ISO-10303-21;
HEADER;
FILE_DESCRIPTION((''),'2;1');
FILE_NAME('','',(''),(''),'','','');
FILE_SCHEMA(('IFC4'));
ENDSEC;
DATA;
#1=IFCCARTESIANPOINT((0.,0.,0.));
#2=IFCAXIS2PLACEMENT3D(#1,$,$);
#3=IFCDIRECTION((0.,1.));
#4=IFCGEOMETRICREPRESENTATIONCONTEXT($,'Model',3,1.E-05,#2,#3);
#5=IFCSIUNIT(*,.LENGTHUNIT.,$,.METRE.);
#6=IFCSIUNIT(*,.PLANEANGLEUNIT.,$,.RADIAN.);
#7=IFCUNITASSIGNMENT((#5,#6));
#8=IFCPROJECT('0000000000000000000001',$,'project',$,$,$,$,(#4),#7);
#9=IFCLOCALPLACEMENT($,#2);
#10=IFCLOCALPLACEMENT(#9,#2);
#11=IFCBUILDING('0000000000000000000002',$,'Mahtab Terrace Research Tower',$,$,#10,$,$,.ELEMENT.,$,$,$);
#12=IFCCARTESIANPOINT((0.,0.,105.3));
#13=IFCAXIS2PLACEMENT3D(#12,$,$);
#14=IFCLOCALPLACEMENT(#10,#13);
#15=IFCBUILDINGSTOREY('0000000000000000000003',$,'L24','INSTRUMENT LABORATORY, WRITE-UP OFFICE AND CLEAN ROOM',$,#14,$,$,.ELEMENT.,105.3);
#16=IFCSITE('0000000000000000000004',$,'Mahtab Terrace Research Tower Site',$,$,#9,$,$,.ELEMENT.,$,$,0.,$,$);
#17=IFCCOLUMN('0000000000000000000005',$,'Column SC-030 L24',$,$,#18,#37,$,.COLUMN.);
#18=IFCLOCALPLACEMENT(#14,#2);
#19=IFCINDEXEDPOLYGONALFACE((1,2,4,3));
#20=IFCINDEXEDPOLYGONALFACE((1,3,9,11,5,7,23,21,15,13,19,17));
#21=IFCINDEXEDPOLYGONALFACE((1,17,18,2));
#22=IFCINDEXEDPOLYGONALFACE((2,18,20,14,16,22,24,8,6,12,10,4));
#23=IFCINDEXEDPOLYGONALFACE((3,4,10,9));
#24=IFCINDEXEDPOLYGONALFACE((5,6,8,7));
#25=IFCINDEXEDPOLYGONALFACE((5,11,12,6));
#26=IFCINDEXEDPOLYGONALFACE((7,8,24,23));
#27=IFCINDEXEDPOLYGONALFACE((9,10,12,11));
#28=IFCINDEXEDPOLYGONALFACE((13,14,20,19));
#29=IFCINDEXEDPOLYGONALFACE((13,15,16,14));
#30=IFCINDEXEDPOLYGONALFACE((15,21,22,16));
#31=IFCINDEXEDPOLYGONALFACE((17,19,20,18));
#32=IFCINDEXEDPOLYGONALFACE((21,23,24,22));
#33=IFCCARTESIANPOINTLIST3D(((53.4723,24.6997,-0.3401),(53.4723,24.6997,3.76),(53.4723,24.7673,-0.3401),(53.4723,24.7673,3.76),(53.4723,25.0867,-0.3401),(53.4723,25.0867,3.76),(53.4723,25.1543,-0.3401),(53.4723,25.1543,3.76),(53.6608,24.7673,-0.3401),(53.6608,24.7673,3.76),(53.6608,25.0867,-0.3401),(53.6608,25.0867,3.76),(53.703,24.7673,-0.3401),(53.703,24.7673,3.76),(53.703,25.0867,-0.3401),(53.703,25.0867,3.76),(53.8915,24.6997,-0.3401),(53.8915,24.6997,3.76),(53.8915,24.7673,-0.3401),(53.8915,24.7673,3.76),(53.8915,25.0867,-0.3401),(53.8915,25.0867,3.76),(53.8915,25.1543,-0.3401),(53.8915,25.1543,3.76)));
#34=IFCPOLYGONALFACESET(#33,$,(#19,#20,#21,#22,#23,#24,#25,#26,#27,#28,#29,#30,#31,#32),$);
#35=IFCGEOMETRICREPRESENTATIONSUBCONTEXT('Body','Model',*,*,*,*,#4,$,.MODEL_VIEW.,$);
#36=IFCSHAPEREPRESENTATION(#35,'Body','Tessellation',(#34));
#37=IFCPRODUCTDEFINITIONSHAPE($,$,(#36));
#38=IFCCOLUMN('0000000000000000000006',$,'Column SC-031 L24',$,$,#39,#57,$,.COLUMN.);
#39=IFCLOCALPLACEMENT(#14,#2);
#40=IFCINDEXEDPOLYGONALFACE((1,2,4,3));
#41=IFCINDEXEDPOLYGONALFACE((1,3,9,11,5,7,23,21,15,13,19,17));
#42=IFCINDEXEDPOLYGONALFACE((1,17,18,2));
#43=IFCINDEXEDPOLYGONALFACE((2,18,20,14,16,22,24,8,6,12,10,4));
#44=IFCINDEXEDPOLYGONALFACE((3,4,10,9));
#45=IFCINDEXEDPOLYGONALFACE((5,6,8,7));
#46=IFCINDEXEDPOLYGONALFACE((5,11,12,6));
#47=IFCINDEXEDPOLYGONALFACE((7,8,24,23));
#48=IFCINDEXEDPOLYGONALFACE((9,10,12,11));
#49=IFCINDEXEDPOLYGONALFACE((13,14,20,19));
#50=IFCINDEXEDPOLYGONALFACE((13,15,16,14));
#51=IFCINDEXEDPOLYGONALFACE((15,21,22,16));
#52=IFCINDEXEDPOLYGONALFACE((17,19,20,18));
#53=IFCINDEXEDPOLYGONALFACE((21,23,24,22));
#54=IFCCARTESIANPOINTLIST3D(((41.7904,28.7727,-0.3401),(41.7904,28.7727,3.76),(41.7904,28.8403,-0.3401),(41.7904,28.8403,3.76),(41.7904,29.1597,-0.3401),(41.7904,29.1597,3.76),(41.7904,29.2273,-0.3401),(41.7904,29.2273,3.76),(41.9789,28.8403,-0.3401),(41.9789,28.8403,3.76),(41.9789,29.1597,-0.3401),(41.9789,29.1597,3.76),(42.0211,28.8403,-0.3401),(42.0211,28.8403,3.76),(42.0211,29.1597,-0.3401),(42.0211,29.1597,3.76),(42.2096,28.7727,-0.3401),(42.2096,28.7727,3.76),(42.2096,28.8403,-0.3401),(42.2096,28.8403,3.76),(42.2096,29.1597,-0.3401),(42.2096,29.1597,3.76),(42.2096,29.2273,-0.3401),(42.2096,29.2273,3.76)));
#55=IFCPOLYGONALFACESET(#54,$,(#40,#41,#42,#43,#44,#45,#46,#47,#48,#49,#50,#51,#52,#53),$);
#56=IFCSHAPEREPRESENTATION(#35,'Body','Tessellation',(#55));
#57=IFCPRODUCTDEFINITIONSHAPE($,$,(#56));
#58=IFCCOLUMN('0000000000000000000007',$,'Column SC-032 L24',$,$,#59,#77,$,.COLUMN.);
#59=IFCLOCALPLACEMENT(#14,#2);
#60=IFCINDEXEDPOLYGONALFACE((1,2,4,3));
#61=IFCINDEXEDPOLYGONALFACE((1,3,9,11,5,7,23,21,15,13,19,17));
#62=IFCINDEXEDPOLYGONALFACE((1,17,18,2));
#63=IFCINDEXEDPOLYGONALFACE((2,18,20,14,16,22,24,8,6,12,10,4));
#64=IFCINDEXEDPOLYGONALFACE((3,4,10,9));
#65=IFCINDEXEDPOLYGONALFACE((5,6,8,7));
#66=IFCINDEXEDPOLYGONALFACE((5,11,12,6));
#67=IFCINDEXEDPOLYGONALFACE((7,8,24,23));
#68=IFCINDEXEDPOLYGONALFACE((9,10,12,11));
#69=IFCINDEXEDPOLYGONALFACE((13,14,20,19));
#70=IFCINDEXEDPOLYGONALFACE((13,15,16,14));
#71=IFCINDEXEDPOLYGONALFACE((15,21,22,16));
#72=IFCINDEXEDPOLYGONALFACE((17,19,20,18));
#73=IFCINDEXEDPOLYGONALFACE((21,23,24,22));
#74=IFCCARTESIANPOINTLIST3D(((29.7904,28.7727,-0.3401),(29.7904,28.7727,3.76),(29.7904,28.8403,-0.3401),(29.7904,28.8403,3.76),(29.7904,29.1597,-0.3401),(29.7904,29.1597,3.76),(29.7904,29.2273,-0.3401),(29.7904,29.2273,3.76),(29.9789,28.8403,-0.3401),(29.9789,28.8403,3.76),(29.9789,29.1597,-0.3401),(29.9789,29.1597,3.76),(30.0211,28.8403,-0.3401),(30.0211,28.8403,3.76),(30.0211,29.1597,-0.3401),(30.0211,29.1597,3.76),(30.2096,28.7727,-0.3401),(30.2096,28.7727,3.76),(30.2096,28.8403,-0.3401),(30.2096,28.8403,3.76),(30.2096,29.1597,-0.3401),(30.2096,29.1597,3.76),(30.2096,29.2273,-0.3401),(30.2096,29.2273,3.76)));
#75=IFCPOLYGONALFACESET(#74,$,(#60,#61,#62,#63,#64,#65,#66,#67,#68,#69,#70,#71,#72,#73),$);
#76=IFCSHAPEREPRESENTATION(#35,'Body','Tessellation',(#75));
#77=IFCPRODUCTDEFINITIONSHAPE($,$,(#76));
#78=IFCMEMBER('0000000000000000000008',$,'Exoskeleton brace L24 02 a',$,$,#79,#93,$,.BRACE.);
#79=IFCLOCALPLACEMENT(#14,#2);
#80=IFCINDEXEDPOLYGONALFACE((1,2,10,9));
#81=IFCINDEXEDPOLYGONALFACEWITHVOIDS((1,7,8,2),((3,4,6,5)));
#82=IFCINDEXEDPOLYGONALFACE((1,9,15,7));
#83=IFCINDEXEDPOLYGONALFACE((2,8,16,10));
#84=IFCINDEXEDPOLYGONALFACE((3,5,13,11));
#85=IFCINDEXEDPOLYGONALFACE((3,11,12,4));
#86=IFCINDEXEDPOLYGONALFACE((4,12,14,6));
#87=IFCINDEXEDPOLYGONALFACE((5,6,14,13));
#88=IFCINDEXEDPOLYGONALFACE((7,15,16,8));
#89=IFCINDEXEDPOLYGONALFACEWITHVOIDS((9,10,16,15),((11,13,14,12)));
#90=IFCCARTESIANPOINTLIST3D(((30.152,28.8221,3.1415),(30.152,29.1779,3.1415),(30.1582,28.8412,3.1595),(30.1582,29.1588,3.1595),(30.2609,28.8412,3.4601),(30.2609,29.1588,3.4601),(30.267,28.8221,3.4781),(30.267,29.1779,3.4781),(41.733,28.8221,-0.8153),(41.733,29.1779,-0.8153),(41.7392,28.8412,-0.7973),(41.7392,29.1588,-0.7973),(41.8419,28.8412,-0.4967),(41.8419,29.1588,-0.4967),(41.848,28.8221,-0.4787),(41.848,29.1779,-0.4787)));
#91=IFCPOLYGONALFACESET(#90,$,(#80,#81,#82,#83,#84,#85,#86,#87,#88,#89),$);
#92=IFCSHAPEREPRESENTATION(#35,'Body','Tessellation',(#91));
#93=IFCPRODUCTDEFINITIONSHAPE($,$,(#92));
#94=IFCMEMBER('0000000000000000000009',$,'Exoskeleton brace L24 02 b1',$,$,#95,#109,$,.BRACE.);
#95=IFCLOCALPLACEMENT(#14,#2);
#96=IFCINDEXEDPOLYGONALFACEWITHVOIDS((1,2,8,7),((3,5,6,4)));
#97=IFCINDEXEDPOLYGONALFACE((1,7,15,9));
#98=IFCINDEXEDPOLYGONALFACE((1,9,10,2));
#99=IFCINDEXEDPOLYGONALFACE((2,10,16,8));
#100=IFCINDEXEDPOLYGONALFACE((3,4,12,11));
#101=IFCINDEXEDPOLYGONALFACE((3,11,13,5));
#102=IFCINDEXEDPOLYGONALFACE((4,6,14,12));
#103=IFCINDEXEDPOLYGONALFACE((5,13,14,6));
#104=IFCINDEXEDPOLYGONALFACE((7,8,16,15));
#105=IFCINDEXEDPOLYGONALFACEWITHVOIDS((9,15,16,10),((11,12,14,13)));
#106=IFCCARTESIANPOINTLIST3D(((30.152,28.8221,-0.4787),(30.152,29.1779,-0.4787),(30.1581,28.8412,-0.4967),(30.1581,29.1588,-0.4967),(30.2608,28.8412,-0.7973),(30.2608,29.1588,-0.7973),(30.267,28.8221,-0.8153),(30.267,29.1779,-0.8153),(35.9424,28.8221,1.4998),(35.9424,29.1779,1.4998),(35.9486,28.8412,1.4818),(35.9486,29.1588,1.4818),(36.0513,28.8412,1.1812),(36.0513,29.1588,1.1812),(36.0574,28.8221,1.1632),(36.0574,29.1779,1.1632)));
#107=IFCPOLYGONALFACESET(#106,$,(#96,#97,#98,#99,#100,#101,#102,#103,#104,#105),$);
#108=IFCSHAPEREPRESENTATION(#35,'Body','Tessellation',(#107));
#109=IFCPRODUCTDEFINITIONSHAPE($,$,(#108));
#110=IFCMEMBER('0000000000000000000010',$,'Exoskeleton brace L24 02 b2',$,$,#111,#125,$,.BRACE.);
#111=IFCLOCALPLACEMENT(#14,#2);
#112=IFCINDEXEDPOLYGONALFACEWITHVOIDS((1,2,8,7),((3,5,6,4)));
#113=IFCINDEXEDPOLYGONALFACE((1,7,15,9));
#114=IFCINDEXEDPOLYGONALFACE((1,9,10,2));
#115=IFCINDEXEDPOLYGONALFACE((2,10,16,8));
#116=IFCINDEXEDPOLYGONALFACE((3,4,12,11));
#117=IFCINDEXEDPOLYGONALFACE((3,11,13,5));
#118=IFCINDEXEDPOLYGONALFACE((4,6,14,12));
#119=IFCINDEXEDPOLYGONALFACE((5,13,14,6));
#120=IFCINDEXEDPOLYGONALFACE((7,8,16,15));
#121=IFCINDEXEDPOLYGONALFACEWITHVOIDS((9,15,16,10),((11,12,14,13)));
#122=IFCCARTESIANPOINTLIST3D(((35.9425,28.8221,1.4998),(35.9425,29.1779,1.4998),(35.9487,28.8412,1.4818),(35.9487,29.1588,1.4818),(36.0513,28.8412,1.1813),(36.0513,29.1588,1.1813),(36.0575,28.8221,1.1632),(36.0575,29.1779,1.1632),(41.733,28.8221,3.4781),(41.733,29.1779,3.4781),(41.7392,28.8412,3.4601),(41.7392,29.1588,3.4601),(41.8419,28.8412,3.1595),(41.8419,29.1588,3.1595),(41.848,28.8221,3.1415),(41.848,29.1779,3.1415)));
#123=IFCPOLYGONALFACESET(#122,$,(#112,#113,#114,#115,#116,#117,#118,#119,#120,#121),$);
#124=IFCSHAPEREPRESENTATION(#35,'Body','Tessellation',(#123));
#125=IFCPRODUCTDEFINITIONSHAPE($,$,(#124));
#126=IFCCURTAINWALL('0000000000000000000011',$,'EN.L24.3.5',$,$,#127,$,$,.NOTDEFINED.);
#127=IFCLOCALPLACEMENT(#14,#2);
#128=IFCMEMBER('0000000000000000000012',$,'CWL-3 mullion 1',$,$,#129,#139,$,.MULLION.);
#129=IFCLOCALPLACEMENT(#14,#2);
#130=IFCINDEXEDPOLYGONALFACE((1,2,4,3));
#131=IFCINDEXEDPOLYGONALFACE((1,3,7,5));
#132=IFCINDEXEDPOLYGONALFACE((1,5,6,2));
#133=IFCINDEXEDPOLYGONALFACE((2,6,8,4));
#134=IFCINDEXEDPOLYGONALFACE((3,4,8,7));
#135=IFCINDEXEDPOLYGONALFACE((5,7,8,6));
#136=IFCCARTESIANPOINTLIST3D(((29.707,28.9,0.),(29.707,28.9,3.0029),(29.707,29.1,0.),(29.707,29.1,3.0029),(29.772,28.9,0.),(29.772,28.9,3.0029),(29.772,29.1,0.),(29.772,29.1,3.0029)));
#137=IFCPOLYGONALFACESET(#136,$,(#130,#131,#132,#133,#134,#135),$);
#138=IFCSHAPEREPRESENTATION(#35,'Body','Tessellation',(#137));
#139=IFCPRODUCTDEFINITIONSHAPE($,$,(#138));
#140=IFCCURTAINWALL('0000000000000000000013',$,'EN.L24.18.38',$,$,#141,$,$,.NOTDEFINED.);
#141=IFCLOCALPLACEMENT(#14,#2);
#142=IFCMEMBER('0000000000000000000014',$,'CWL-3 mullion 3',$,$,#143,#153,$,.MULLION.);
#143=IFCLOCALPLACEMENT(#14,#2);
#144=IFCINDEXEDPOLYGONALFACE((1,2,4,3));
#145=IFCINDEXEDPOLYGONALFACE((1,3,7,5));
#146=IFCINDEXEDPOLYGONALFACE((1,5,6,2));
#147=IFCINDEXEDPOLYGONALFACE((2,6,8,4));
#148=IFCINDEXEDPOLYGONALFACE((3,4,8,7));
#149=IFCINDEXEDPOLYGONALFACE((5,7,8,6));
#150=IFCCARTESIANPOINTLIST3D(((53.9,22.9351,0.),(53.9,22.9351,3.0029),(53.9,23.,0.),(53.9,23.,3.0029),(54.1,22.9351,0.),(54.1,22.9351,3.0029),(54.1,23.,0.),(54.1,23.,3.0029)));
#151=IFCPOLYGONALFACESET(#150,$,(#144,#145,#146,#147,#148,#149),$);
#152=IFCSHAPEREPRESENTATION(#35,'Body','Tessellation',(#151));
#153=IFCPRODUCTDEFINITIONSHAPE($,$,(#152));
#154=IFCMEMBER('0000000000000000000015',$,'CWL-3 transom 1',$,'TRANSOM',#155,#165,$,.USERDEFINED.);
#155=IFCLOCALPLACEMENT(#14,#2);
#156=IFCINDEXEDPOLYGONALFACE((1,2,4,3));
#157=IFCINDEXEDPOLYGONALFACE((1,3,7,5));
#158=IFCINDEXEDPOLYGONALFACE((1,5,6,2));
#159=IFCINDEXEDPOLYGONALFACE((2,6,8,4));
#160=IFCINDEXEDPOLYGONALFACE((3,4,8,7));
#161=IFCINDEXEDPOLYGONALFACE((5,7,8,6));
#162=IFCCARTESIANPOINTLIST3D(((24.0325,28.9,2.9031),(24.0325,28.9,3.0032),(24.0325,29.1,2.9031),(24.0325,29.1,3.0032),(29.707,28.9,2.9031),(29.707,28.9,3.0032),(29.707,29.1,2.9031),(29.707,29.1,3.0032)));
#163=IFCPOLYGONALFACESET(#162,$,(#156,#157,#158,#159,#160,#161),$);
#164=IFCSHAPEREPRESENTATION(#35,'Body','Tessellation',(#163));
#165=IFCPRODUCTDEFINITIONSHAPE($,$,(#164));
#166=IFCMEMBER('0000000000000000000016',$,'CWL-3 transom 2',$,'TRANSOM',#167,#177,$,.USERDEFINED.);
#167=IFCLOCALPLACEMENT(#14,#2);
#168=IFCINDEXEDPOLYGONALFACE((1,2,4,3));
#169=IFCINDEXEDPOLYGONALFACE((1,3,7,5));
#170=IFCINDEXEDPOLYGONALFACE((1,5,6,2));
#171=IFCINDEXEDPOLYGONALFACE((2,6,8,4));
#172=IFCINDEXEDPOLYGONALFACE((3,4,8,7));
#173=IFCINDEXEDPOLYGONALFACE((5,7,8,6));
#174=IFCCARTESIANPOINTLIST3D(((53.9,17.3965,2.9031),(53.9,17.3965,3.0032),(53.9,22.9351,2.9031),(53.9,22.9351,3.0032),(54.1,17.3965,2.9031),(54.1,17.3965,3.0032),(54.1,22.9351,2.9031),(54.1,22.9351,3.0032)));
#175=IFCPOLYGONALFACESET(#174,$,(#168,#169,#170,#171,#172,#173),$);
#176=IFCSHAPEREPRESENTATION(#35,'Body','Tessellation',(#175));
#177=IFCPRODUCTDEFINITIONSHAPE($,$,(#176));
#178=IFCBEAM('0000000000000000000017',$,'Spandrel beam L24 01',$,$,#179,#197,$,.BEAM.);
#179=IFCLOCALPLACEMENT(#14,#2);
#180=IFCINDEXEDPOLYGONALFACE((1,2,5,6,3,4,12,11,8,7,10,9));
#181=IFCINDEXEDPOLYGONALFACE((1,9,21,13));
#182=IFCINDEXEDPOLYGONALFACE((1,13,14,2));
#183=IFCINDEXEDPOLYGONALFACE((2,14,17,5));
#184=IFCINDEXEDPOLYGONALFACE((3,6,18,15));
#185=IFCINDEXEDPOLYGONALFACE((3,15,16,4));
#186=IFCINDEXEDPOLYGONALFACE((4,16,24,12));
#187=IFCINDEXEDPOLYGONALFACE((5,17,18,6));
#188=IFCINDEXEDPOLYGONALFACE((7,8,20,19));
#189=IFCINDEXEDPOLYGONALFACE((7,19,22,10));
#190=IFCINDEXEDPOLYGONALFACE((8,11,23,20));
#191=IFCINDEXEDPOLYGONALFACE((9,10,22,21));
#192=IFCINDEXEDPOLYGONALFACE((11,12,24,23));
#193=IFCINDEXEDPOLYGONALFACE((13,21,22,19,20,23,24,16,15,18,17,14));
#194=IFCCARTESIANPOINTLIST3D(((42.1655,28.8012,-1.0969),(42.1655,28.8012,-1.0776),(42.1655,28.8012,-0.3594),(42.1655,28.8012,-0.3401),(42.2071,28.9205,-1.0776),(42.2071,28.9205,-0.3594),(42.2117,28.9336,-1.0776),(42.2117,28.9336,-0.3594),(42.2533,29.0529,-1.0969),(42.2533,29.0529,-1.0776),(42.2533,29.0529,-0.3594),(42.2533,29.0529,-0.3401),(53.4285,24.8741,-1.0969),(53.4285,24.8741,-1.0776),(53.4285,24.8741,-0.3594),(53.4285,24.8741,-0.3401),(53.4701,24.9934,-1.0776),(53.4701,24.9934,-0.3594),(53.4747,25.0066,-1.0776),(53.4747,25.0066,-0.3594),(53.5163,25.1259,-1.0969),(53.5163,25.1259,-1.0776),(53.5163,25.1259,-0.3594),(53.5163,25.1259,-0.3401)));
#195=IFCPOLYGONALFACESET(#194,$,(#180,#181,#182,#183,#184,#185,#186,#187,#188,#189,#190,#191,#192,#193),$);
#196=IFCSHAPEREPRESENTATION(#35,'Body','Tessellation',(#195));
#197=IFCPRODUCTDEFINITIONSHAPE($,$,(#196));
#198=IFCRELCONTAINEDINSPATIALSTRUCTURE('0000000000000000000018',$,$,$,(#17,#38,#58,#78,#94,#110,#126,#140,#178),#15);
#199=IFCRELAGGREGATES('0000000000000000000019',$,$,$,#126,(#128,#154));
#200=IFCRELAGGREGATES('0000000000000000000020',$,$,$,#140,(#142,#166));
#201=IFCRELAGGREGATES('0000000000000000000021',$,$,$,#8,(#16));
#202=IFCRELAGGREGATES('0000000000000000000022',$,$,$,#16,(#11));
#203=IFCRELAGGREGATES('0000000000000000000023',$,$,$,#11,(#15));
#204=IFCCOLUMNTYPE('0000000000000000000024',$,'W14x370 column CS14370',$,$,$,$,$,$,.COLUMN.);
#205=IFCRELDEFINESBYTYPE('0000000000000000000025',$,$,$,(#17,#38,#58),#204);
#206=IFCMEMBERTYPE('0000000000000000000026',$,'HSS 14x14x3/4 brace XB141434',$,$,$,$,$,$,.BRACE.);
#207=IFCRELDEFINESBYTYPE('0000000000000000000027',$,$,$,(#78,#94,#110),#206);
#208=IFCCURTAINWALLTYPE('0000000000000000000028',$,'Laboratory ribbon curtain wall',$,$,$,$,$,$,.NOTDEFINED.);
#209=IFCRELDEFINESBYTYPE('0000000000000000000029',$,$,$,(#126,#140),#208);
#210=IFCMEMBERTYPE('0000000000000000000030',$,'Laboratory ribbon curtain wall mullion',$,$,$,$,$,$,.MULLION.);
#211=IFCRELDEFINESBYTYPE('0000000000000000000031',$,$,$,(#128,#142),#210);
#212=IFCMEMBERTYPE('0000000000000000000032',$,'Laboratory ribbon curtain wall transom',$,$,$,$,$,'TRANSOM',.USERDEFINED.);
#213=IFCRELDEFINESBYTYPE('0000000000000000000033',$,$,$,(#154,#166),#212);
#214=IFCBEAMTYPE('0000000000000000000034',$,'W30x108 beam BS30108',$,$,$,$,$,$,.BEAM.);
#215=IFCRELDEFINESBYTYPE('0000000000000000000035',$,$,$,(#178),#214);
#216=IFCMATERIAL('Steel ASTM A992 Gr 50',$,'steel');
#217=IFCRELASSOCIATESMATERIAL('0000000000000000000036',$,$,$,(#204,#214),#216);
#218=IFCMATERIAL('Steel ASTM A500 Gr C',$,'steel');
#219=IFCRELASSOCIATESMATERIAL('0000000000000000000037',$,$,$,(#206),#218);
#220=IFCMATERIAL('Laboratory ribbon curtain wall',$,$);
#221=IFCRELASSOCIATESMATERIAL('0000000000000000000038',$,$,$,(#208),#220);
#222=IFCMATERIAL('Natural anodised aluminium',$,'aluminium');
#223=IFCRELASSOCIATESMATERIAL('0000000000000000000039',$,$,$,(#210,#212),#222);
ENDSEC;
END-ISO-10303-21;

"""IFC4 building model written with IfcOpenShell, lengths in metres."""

from ifc_helpers import new_model, si_unit, direction, frame, origin, origin_2d, place, context, subcontext, project, spatial, rectangle, hollow_rectangle, i_section, extrude, material, material_profile, profile_set, type_object, element, aggregate, save


model = new_model("IFC4")

# Units and contexts
model_context = context("Model", 3, precision=1e-05, world=origin(), true_north=direction((0.0, 1.0)))
body_context = subcontext(model_context, "Body", "Model", "MODEL_VIEW")
ifc_project = project(units=[si_unit("LENGTHUNIT", "METRE"), si_unit("PLANEANGLEUNIT", "RADIAN")], contexts=[model_context])

# Site, building, storey
site_placement = place(None, origin())
site = spatial("IfcSite", under=ifc_project, at=site_placement, Name="Mahtab Terrace Research Tower Site", CompositionType="ELEMENT", RefElevation=0.0)
building_placement = place(site_placement, origin())
building = spatial("IfcBuilding", under=site, at=building_placement, Name="Mahtab Terrace Research Tower", CompositionType="ELEMENT")
storey_placement = place(building_placement, frame((0.0, 0.0, 105.3)))
storey = spatial("IfcBuildingStorey", under=building, at=storey_placement, Name="L24", Description="INSTRUMENT LABORATORY, WRITE-UP OFFICE AND CLEAN ROOM", CompositionType="ELEMENT", Elevation=105.3)

# Columns
ifc_material_1 = material(Name="Steel ASTM A992 Gr 50", Category="steel")
ifc_material_profile_1 = material_profile(ifc_material_1, i_section(OverallWidth=0.4192, OverallDepth=0.4546, WebThickness=0.0422, FlangeThickness=0.0676, at=origin_2d()), Name="W14X370")
ifc_profile_set_1 = profile_set([ifc_material_profile_1], Name="Steel ASTM A992 Gr 50")
column_type = type_object("IfcColumnType", Name="W14x370 column CS14370", PredefinedType="COLUMN", material=ifc_profile_set_1)
for number, where, z_axis, x_axis, name in (
    (1, (53.6819, 24.927, -0.3401), (0.0, 0.0, 1.0), (1.0, 0.0, 0.0), "Column SC-030 L24"),
    (2, (42.0, 29.0, -0.3401), (0.0, 0.0, 1.0), (1.0, 0.0, 0.0), "Column SC-031 L24"),
    (3, (30.0, 29.0, -0.3401), (0.0, 0.0, 1.0), (1.0, 0.0, 0.0), "Column SC-032 L24"),
):
    element("IfcColumn", number, at=place(storey_placement, frame(where, z_axis=z_axis, x_axis=x_axis)), inside=storey, type_object=column_type, Name=name, PredefinedType="COLUMN", context=body_context, shape_type="SweptSolid", body=[
        extrude(i_section(OverallWidth=0.4192, OverallDepth=0.4546, WebThickness=0.0422, FlangeThickness=0.0676, at=origin_2d()), origin(), (0.0, 0.0, 1.0), 4.1001),
    ])

# Members
ifc_material_2 = material(Name="Steel ASTM A500 Gr C", Category="steel")
ifc_material_profile_2 = material_profile(ifc_material_2, hollow_rectangle(XDim=0.3557, YDim=0.3557, WallThickness=0.019, at=origin_2d()), Name="HSS14X14X3/4")
ifc_profile_set_2 = profile_set([ifc_material_profile_2], Name="Steel ASTM A500 Gr C")
member_type_1 = type_object("IfcMemberType", Name="HSS 14x14x3/4 brace XB141434", PredefinedType="BRACE", material=ifc_profile_set_2)
member_1_placement = place(storey_placement, frame((41.7905, 29.0, -0.647), z_axis=(-0.946293, 0.0, 0.323311), x_axis=(0.0, -1.0, 0.0)))
element("IfcMember", 4, at=member_1_placement, inside=storey, type_object=member_type_1, Name="Exoskeleton brace L24 02 a", PredefinedType="BRACE", context=body_context, shape_type="SweptSolid", body=[
    extrude(hollow_rectangle(XDim=0.3557, YDim=0.3557, WallThickness=0.019, at=origin_2d()), origin(), (0.0, 0.0, 1.0), 12.2383),
])
for number, where, z_axis, x_axis, name in (
    (5, (30.2095, 29.0, -0.647), (0.946287, 0.0, 0.323329), (0.0, 1.0, 0.0), "Exoskeleton brace L24 02 b1"),
    (6, (36.0, 29.0, 1.3315), (0.946299, 0.0, 0.323293), (0.0, 1.0, 0.0), "Exoskeleton brace L24 02 b2"),
):
    element("IfcMember", number, at=place(storey_placement, frame(where, z_axis=z_axis, x_axis=x_axis)), inside=storey, type_object=member_type_1, Name=name, PredefinedType="BRACE", context=body_context, shape_type="SweptSolid", body=[
        extrude(hollow_rectangle(XDim=0.3557, YDim=0.3557, WallThickness=0.019, at=origin_2d()), origin(), (0.0, 0.0, 1.0), 6.1191),
    ])

# Curtain walls, members
ifc_material_3 = material(Name="Laboratory ribbon curtain wall")
curtain_wall_type = type_object("IfcCurtainWallType", Name="Laboratory ribbon curtain wall", PredefinedType="NOTDEFINED", material=ifc_material_3)
curtain_wall_1_placement = place(storey_placement, origin())
curtain_wall_1 = element("IfcCurtainWall", 7, at=curtain_wall_1_placement, inside=storey, type_object=curtain_wall_type, Name="EN.L24.3.5", PredefinedType="NOTDEFINED")
ifc_material_4 = material(Name="Natural anodised aluminium", Category="aluminium")
ifc_material_profile_3 = material_profile(ifc_material_4, rectangle(XDim=0.2, YDim=0.0649, at=origin_2d()), Name="MULLION 65x200")
ifc_profile_set_3 = profile_set([ifc_material_profile_3], Name="Natural anodised aluminium")
member_type_2 = type_object("IfcMemberType", Name="Laboratory ribbon curtain wall mullion", PredefinedType="MULLION", material=ifc_profile_set_3)
member_2_placement = place(storey_placement, frame((29.7395, 29.0, 0.0), z_axis=(0.0, 0.0, 1.0), x_axis=(0.0, -1.0, 0.0)))
member_2 = element("IfcMember", 8, at=member_2_placement, type_object=member_type_2, Name="CWL-3 mullion 1", PredefinedType="MULLION", context=body_context, shape_type="SweptSolid", body=[
    extrude(rectangle(XDim=0.2, YDim=0.0649, at=origin_2d()), origin(), (0.0, 0.0, 1.0), 3.0029),
])
curtain_wall_2_placement = place(storey_placement, origin())
curtain_wall_2 = element("IfcCurtainWall", 9, at=curtain_wall_2_placement, inside=storey, type_object=curtain_wall_type, Name="EN.L24.18.38", PredefinedType="NOTDEFINED")
member_3_placement = place(storey_placement, frame((54.0, 22.9675, 0.0), z_axis=(0.0, 0.0, 1.0), x_axis=(-1.0, 0.0, 0.0)))
member_3 = element("IfcMember", 10, at=member_3_placement, type_object=member_type_2, Name="CWL-3 mullion 3", PredefinedType="MULLION", context=body_context, shape_type="SweptSolid", body=[
    extrude(rectangle(XDim=0.2, YDim=0.0649, at=origin_2d()), origin(), (0.0, 0.0, 1.0), 3.0029),
])

# Members
ifc_material_profile_4 = material_profile(ifc_material_4, rectangle(XDim=0.2, YDim=0.1001, at=origin_2d()), Name="TRANSOM 100x200")
ifc_profile_set_4 = profile_set([ifc_material_profile_4], Name="Natural anodised aluminium")
member_type_3 = type_object("IfcMemberType", Name="Laboratory ribbon curtain wall transom", ElementType="TRANSOM", PredefinedType="USERDEFINED", material=ifc_profile_set_4)
member_4_placement = place(storey_placement, frame((29.707, 29.0, 2.9531), z_axis=(-1.0, 0.0, 0.0), x_axis=(0.0, -1.0, 0.0)))
member_4 = element("IfcMember", 11, at=member_4_placement, type_object=member_type_3, Name="CWL-3 transom 1", ObjectType="TRANSOM", PredefinedType="USERDEFINED", context=body_context, shape_type="SweptSolid", body=[
    extrude(rectangle(XDim=0.2, YDim=0.1001, at=origin_2d()), origin(), (0.0, 0.0, 1.0), 5.6746),
])
aggregate(curtain_wall_1, [member_2, member_4])
member_5_placement = place(storey_placement, frame((54.0, 17.3965, 2.9531), z_axis=(0.0, 1.0, 0.0), x_axis=(-1.0, 0.0, 0.0)))
member_5 = element("IfcMember", 12, at=member_5_placement, type_object=member_type_3, Name="CWL-3 transom 2", ObjectType="TRANSOM", PredefinedType="USERDEFINED", context=body_context, shape_type="SweptSolid", body=[
    extrude(rectangle(XDim=0.2, YDim=0.1001, at=origin_2d()), origin(), (0.0, 0.0, 1.0), 5.5386),
])

# Beam
ifc_material_profile_5 = material_profile(ifc_material_1, i_section(OverallWidth=0.2666, OverallDepth=0.7568, WebThickness=0.0139, FlangeThickness=0.0193, at=origin_2d()), Name="W30X108")
ifc_profile_set_5 = profile_set([ifc_material_profile_5], Name="Steel ASTM A992 Gr 50")
beam_type = type_object("IfcBeamType", Name="W30x108 beam BS30108", PredefinedType="BEAM", material=ifc_profile_set_5)
beam_placement = place(storey_placement, frame((53.4724, 25.0, -0.7185), z_axis=(-0.944251, 0.329228, 0.0), x_axis=(-0.329228, -0.944251, 0.0)))
element("IfcBeam", 13, at=beam_placement, inside=storey, type_object=beam_type, Name="Spandrel beam L24 01", PredefinedType="BEAM", context=body_context, shape_type="SweptSolid", body=[
    extrude(i_section(OverallWidth=0.2666, OverallDepth=0.7568, WebThickness=0.0139, FlangeThickness=0.0193, at=origin_2d()), origin(), (0.0, 0.0, 1.0), 11.928),
])

aggregate(curtain_wall_2, [member_3, member_5])

save(model, "model.ifc")
